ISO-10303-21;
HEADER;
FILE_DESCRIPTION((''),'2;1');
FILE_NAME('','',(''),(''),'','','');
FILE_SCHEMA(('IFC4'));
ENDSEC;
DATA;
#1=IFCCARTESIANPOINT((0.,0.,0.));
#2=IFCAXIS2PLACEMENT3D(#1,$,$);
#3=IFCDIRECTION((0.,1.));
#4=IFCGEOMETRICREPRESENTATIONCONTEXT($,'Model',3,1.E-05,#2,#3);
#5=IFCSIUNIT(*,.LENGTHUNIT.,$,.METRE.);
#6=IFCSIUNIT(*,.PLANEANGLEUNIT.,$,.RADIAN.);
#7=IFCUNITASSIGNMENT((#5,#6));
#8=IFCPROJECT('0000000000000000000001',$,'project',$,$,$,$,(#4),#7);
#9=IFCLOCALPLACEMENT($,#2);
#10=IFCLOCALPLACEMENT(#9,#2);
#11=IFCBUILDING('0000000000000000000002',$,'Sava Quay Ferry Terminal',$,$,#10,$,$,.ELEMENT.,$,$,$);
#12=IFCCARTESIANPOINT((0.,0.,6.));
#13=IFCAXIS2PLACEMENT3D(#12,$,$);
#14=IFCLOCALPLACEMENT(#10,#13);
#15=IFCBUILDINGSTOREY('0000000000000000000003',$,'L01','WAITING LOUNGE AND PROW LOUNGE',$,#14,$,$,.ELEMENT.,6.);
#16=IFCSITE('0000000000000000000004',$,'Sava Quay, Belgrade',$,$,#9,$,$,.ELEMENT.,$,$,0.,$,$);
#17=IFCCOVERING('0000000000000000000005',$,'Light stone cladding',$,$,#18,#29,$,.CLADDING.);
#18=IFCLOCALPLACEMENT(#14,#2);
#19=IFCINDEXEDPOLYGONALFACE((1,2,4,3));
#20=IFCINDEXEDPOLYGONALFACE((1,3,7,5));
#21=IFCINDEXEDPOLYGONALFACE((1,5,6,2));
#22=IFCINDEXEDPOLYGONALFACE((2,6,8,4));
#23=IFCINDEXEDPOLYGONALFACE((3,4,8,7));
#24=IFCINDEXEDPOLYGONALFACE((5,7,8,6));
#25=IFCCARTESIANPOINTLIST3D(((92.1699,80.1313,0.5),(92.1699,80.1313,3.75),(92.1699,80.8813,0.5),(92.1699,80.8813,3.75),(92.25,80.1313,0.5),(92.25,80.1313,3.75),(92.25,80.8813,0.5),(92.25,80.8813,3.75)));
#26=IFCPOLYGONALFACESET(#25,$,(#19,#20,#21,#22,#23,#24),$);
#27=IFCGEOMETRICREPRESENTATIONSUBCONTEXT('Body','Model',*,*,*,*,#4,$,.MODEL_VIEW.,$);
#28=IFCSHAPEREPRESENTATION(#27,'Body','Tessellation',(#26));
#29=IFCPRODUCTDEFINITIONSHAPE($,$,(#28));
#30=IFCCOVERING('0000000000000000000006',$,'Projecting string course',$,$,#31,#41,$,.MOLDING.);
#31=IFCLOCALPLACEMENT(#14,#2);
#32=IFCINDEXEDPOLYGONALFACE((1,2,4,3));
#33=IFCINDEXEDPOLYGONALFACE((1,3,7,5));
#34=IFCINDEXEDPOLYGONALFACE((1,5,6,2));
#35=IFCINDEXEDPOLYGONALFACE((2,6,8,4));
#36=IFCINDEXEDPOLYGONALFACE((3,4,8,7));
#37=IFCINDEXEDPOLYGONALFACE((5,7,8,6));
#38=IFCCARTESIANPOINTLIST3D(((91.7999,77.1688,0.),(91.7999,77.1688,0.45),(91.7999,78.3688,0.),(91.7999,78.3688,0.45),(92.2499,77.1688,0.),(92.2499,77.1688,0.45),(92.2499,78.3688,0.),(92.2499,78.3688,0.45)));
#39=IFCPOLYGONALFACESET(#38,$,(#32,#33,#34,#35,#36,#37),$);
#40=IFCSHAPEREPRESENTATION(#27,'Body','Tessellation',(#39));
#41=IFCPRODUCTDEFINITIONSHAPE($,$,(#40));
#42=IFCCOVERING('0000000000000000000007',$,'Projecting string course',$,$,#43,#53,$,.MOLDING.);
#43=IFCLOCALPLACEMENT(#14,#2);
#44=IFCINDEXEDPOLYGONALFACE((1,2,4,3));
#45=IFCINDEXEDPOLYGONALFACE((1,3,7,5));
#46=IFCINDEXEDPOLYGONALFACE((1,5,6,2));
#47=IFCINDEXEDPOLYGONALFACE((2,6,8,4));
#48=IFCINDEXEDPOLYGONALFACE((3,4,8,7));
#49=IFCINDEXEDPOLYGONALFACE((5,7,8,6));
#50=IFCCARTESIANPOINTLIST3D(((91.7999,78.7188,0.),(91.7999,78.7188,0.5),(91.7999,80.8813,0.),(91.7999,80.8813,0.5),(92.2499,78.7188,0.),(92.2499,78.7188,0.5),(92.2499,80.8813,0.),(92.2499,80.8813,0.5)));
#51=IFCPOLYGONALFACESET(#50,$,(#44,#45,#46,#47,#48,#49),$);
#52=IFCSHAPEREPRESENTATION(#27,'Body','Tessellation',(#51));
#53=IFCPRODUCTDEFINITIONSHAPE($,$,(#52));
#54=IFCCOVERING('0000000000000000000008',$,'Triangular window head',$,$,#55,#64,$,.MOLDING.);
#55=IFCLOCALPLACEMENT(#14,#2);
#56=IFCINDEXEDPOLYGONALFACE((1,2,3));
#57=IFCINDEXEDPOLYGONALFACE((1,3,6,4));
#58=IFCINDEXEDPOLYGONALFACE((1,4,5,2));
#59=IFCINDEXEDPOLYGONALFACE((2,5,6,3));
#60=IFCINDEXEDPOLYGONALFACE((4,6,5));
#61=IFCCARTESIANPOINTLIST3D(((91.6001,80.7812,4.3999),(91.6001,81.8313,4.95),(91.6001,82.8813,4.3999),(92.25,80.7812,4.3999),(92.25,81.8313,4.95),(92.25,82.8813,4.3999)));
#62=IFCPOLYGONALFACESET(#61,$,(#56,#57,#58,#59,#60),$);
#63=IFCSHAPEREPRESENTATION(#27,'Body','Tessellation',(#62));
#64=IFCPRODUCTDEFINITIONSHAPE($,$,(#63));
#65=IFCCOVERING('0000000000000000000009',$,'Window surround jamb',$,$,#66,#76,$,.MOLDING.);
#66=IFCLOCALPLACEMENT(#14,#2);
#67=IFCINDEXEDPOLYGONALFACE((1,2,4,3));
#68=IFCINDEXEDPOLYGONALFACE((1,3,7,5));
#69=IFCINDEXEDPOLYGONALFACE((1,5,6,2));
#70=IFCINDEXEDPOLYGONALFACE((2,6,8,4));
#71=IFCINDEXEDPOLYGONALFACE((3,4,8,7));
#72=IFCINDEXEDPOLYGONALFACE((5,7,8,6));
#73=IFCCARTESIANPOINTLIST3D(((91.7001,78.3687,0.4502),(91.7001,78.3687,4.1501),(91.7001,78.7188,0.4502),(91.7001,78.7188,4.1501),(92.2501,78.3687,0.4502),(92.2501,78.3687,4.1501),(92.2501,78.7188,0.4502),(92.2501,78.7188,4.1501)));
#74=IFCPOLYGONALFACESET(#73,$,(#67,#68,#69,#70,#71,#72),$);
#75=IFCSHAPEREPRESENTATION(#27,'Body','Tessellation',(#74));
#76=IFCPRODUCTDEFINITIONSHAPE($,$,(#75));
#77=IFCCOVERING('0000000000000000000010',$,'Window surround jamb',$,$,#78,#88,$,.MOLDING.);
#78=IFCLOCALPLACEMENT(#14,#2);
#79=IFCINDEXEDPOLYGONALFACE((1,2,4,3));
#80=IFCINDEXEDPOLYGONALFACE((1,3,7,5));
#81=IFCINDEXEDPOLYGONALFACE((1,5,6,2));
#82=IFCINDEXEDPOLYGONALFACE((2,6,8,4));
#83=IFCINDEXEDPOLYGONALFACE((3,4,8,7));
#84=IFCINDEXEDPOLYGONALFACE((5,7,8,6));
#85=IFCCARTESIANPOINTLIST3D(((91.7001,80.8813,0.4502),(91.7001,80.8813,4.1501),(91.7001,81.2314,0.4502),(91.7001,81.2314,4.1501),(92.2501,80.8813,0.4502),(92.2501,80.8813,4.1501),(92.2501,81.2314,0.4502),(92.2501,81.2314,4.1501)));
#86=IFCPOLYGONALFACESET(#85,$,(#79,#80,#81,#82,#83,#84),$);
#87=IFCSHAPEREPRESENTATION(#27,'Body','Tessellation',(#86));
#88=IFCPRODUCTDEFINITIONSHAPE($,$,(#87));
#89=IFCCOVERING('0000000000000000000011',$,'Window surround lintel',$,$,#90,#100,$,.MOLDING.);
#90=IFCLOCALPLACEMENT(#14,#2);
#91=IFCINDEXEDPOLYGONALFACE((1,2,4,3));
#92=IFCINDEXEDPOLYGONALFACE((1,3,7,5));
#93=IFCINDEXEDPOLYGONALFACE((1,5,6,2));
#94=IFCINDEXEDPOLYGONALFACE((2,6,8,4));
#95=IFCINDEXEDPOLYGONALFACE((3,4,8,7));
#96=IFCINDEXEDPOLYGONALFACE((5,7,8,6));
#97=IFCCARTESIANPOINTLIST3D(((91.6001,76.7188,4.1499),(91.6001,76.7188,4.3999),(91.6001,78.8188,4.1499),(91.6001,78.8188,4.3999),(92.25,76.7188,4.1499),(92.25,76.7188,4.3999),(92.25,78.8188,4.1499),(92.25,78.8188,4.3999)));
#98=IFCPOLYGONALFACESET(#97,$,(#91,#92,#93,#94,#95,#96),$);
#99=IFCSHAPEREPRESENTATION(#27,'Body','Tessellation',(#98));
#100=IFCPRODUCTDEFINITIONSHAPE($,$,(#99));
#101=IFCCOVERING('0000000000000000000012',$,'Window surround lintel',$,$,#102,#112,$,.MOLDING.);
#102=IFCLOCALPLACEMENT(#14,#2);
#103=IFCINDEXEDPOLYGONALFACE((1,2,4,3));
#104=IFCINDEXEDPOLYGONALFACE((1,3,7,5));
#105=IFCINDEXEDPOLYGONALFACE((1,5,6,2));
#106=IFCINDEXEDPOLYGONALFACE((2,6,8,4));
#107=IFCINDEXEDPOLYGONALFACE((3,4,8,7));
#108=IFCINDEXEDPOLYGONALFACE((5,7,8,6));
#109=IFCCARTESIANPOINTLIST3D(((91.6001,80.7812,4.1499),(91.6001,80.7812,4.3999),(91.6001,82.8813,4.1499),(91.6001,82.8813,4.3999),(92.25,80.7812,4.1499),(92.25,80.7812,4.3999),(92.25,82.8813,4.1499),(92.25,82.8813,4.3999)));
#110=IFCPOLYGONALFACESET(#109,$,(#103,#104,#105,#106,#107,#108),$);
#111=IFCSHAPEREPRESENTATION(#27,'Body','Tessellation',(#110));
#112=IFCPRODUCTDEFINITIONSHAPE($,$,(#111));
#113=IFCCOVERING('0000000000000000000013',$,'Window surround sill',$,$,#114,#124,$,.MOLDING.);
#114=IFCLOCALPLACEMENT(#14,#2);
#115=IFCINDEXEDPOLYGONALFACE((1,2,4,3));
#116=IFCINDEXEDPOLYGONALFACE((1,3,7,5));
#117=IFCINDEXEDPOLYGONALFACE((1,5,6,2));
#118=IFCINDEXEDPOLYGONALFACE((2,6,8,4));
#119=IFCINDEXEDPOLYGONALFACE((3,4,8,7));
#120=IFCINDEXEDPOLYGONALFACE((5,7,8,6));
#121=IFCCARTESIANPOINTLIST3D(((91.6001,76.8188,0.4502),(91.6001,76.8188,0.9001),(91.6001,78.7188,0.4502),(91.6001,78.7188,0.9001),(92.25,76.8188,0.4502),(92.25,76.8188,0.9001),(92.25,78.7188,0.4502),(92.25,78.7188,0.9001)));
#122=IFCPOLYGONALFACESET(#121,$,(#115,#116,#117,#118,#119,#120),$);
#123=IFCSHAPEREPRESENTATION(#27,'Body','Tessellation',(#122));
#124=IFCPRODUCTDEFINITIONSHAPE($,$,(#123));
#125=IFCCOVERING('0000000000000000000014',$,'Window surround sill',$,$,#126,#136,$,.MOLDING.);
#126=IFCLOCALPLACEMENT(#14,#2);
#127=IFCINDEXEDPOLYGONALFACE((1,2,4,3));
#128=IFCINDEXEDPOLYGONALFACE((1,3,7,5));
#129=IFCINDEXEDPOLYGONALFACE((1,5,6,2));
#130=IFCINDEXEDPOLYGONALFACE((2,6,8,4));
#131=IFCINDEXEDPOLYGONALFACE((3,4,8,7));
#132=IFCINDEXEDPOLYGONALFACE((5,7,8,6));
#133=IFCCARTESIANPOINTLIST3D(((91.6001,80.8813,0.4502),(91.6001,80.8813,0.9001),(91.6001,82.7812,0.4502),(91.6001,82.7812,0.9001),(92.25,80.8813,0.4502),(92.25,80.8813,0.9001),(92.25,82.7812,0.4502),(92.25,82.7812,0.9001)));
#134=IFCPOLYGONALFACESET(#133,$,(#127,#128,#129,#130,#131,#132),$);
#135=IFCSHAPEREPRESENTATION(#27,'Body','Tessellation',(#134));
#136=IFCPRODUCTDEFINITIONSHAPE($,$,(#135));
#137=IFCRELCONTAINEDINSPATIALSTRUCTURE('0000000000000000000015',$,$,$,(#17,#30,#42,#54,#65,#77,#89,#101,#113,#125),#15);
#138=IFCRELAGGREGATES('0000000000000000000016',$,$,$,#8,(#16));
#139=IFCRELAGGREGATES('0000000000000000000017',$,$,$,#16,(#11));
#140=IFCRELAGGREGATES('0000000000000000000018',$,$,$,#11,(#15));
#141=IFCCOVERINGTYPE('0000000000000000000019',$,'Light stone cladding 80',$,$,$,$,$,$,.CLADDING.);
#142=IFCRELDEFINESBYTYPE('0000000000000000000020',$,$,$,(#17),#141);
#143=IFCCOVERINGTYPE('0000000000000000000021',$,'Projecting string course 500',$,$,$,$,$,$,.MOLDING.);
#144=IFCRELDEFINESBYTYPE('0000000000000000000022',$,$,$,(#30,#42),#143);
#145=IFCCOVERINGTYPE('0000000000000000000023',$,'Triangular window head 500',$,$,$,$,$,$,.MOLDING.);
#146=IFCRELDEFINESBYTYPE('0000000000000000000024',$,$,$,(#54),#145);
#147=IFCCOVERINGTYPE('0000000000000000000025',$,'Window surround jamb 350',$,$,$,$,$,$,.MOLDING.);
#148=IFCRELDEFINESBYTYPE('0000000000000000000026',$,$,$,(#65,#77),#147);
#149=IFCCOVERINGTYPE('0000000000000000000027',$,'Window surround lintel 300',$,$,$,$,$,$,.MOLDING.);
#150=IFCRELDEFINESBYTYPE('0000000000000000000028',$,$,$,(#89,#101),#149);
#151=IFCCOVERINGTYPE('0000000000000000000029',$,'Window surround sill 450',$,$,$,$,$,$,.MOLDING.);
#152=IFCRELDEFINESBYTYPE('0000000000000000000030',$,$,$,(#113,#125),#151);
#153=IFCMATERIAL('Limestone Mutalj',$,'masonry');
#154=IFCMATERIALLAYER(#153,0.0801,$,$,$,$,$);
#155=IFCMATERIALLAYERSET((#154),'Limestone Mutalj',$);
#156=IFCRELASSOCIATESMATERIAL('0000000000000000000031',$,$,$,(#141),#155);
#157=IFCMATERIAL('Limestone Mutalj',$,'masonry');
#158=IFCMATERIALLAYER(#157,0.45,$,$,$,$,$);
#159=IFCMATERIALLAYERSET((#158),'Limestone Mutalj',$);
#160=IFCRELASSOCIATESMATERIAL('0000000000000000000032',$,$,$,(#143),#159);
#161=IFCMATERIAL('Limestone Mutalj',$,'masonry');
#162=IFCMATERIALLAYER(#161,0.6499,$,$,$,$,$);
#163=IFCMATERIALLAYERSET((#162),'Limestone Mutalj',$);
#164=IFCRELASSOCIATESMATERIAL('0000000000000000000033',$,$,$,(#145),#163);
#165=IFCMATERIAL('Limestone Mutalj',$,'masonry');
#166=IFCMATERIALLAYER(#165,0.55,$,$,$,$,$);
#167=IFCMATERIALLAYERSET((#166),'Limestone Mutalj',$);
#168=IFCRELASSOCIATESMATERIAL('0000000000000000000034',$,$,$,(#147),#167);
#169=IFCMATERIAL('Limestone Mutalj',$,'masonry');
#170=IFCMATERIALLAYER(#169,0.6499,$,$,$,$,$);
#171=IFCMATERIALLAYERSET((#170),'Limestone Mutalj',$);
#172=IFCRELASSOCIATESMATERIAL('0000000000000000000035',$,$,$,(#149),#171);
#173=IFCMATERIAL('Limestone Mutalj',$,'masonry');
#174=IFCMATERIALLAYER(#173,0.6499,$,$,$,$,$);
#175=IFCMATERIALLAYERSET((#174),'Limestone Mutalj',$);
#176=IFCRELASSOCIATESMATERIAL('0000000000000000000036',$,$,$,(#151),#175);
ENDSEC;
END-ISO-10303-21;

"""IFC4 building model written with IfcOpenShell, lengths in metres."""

from ifc_helpers import new_model, si_unit, direction, frame, origin, origin_2d, place, context, subcontext, project, spatial, polyline, rectangle, outline, extrude, material, layer, layer_set, type_object, element, save


model = new_model("IFC4")

# Units and contexts
model_context = context("Model", 3, precision=1e-05, world=origin(), true_north=direction((0.0, 1.0)))
body_context = subcontext(model_context, "Body", "Model", "MODEL_VIEW")
ifc_project = project(units=[si_unit("LENGTHUNIT", "METRE"), si_unit("PLANEANGLEUNIT", "RADIAN")], contexts=[model_context])

# Site, building, storey
site_placement = place(None, origin())
site = spatial("IfcSite", under=ifc_project, at=site_placement, Name="Sava Quay, Belgrade", CompositionType="ELEMENT", RefElevation=0.0)
building_placement = place(site_placement, origin())
building = spatial("IfcBuilding", under=site, at=building_placement, Name="Sava Quay Ferry Terminal", CompositionType="ELEMENT")
storey_placement = place(building_placement, frame((0.0, 0.0, 6.0)))
storey = spatial("IfcBuildingStorey", under=building, at=storey_placement, Name="L01", Description="WAITING LOUNGE AND PROW LOUNGE", CompositionType="ELEMENT", Elevation=6.0)

# Coverings
ifc_material_1 = material(Name="Limestone Mutalj", Category="masonry")
ifc_layer_1 = layer(ifc_material_1, 0.0801)
ifc_layer_set_1 = layer_set([ifc_layer_1], Name="Limestone Mutalj")
covering_type_1 = type_object("IfcCoveringType", Name="Light stone cladding 80", PredefinedType="CLADDING", material=ifc_layer_set_1)
covering_1_placement = place(storey_placement, frame((92.21, 80.5063, 0.5), z_axis=(0.0, 0.0, 1.0), x_axis=(1.0, 0.0, 0.0)))
element("IfcCovering", 1, at=covering_1_placement, inside=storey, type_object=covering_type_1, Name="Light stone cladding", PredefinedType="CLADDING", context=body_context, shape_type="SweptSolid", body=[
    extrude(rectangle(XDim=0.0801, YDim=0.75, at=origin_2d()), origin(), (0.0, 0.0, 1.0), 3.25),
])
ifc_material_2 = material(Name="Limestone Mutalj", Category="masonry")
ifc_layer_2 = layer(ifc_material_2, 0.45)
ifc_layer_set_2 = layer_set([ifc_layer_2], Name="Limestone Mutalj")
covering_type_2 = type_object("IfcCoveringType", Name="Projecting string course 500", PredefinedType="MOLDING", material=ifc_layer_set_2)
covering_2_placement = place(storey_placement, frame((92.0249, 77.7688, 0.0), z_axis=(0.0, 0.0, 1.0), x_axis=(1.0, 0.0, 0.0)))
element("IfcCovering", 2, at=covering_2_placement, inside=storey, type_object=covering_type_2, Name="Projecting string course", PredefinedType="MOLDING", context=body_context, shape_type="SweptSolid", body=[
    extrude(rectangle(XDim=0.45, YDim=1.2, at=origin_2d()), origin(), (0.0, 0.0, 1.0), 0.45),
])
covering_3_placement = place(storey_placement, frame((92.0249, 79.8, 0.0), z_axis=(0.0, 0.0, 1.0), x_axis=(1.0, 0.0, 0.0)))
element("IfcCovering", 3, at=covering_3_placement, inside=storey, type_object=covering_type_2, Name="Projecting string course", PredefinedType="MOLDING", context=body_context, shape_type="SweptSolid", body=[
    extrude(rectangle(XDim=0.45, YDim=2.1626, at=origin_2d()), origin(), (0.0, 0.0, 1.0), 0.5),
])
ifc_material_3 = material(Name="Limestone Mutalj", Category="masonry")
ifc_layer_3 = layer(ifc_material_3, 0.6499)
ifc_layer_set_3 = layer_set([ifc_layer_3], Name="Limestone Mutalj")
covering_type_3 = type_object("IfcCoveringType", Name="Triangular window head 500", PredefinedType="MOLDING", material=ifc_layer_set_3)
covering_4_placement = place(storey_placement, frame((92.25, 80.7812, 4.3999), z_axis=(1.0, 0.0, 0.0), x_axis=(0.0, 1.0, 0.0)))
element("IfcCovering", 4, at=covering_4_placement, inside=storey, type_object=covering_type_3, Name="Triangular window head", PredefinedType="MOLDING", context=body_context, shape_type="SweptSolid", body=[
    extrude(outline(polyline([(0.0, 0.0), (2.1001, 0.0), (1.05, 0.55), (0.0, 0.0)])), origin(), (0.0, 0.0, -1.0), 0.6499),
])
ifc_material_4 = material(Name="Limestone Mutalj", Category="masonry")
ifc_layer_4 = layer(ifc_material_4, 0.55)
ifc_layer_set_4 = layer_set([ifc_layer_4], Name="Limestone Mutalj")
covering_type_4 = type_object("IfcCoveringType", Name="Window surround jamb 350", PredefinedType="MOLDING", material=ifc_layer_set_4)
for number, where, z_axis, x_axis, name in (
    (5, (91.9751, 78.5437, 0.4502), (0.0, 0.0, 1.0), (1.0, 0.0, 0.0), "Window surround jamb"),
    (6, (91.9751, 81.0564, 0.4502), (0.0, 0.0, 1.0), (1.0, 0.0, 0.0), "Window surround jamb"),
):
    element("IfcCovering", number, at=place(storey_placement, frame(where, z_axis=z_axis, x_axis=x_axis)), inside=storey, type_object=covering_type_4, Name=name, PredefinedType="MOLDING", context=body_context, shape_type="SweptSolid", body=[
        extrude(rectangle(XDim=0.55, YDim=0.3501, at=origin_2d()), origin(), (0.0, 0.0, 1.0), 3.7),
    ])
ifc_material_5 = material(Name="Limestone Mutalj", Category="masonry")
ifc_layer_5 = layer(ifc_material_5, 0.6499)
ifc_layer_set_5 = layer_set([ifc_layer_5], Name="Limestone Mutalj")
covering_type_5 = type_object("IfcCoveringType", Name="Window surround lintel 300", PredefinedType="MOLDING", material=ifc_layer_set_5)
for number, where, z_axis, x_axis, name in (
    (7, (91.925, 77.7688, 4.1499), (0.0, 0.0, 1.0), (1.0, 0.0, 0.0), "Window surround lintel"),
    (8, (91.925, 81.8313, 4.1499), (0.0, 0.0, 1.0), (1.0, 0.0, 0.0), "Window surround lintel"),
):
    element("IfcCovering", number, at=place(storey_placement, frame(where, z_axis=z_axis, x_axis=x_axis)), inside=storey, type_object=covering_type_5, Name=name, PredefinedType="MOLDING", context=body_context, shape_type="SweptSolid", body=[
        extrude(rectangle(XDim=0.6499, YDim=2.1001, at=origin_2d()), origin(), (0.0, 0.0, 1.0), 0.25),
    ])
ifc_material_6 = material(Name="Limestone Mutalj", Category="masonry")
ifc_layer_6 = layer(ifc_material_6, 0.6499)
ifc_layer_set_6 = layer_set([ifc_layer_6], Name="Limestone Mutalj")
covering_type_6 = type_object("IfcCoveringType", Name="Window surround sill 450", PredefinedType="MOLDING", material=ifc_layer_set_6)
for number, where, z_axis, x_axis, name in (
    (9, (91.925, 77.7688, 0.4502), (0.0, 0.0, 1.0), (1.0, 0.0, 0.0), "Window surround sill"),
    (10, (91.925, 81.8313, 0.4502), (0.0, 0.0, 1.0), (1.0, 0.0, 0.0), "Window surround sill"),
):
    element("IfcCovering", number, at=place(storey_placement, frame(where, z_axis=z_axis, x_axis=x_axis)), inside=storey, type_object=covering_type_6, Name=name, PredefinedType="MOLDING", context=body_context, shape_type="SweptSolid", body=[
        extrude(rectangle(XDim=0.6499, YDim=1.8999, at=origin_2d()), origin(), (0.0, 0.0, 1.0), 0.45),
    ])

save(model, "model.ifc")
